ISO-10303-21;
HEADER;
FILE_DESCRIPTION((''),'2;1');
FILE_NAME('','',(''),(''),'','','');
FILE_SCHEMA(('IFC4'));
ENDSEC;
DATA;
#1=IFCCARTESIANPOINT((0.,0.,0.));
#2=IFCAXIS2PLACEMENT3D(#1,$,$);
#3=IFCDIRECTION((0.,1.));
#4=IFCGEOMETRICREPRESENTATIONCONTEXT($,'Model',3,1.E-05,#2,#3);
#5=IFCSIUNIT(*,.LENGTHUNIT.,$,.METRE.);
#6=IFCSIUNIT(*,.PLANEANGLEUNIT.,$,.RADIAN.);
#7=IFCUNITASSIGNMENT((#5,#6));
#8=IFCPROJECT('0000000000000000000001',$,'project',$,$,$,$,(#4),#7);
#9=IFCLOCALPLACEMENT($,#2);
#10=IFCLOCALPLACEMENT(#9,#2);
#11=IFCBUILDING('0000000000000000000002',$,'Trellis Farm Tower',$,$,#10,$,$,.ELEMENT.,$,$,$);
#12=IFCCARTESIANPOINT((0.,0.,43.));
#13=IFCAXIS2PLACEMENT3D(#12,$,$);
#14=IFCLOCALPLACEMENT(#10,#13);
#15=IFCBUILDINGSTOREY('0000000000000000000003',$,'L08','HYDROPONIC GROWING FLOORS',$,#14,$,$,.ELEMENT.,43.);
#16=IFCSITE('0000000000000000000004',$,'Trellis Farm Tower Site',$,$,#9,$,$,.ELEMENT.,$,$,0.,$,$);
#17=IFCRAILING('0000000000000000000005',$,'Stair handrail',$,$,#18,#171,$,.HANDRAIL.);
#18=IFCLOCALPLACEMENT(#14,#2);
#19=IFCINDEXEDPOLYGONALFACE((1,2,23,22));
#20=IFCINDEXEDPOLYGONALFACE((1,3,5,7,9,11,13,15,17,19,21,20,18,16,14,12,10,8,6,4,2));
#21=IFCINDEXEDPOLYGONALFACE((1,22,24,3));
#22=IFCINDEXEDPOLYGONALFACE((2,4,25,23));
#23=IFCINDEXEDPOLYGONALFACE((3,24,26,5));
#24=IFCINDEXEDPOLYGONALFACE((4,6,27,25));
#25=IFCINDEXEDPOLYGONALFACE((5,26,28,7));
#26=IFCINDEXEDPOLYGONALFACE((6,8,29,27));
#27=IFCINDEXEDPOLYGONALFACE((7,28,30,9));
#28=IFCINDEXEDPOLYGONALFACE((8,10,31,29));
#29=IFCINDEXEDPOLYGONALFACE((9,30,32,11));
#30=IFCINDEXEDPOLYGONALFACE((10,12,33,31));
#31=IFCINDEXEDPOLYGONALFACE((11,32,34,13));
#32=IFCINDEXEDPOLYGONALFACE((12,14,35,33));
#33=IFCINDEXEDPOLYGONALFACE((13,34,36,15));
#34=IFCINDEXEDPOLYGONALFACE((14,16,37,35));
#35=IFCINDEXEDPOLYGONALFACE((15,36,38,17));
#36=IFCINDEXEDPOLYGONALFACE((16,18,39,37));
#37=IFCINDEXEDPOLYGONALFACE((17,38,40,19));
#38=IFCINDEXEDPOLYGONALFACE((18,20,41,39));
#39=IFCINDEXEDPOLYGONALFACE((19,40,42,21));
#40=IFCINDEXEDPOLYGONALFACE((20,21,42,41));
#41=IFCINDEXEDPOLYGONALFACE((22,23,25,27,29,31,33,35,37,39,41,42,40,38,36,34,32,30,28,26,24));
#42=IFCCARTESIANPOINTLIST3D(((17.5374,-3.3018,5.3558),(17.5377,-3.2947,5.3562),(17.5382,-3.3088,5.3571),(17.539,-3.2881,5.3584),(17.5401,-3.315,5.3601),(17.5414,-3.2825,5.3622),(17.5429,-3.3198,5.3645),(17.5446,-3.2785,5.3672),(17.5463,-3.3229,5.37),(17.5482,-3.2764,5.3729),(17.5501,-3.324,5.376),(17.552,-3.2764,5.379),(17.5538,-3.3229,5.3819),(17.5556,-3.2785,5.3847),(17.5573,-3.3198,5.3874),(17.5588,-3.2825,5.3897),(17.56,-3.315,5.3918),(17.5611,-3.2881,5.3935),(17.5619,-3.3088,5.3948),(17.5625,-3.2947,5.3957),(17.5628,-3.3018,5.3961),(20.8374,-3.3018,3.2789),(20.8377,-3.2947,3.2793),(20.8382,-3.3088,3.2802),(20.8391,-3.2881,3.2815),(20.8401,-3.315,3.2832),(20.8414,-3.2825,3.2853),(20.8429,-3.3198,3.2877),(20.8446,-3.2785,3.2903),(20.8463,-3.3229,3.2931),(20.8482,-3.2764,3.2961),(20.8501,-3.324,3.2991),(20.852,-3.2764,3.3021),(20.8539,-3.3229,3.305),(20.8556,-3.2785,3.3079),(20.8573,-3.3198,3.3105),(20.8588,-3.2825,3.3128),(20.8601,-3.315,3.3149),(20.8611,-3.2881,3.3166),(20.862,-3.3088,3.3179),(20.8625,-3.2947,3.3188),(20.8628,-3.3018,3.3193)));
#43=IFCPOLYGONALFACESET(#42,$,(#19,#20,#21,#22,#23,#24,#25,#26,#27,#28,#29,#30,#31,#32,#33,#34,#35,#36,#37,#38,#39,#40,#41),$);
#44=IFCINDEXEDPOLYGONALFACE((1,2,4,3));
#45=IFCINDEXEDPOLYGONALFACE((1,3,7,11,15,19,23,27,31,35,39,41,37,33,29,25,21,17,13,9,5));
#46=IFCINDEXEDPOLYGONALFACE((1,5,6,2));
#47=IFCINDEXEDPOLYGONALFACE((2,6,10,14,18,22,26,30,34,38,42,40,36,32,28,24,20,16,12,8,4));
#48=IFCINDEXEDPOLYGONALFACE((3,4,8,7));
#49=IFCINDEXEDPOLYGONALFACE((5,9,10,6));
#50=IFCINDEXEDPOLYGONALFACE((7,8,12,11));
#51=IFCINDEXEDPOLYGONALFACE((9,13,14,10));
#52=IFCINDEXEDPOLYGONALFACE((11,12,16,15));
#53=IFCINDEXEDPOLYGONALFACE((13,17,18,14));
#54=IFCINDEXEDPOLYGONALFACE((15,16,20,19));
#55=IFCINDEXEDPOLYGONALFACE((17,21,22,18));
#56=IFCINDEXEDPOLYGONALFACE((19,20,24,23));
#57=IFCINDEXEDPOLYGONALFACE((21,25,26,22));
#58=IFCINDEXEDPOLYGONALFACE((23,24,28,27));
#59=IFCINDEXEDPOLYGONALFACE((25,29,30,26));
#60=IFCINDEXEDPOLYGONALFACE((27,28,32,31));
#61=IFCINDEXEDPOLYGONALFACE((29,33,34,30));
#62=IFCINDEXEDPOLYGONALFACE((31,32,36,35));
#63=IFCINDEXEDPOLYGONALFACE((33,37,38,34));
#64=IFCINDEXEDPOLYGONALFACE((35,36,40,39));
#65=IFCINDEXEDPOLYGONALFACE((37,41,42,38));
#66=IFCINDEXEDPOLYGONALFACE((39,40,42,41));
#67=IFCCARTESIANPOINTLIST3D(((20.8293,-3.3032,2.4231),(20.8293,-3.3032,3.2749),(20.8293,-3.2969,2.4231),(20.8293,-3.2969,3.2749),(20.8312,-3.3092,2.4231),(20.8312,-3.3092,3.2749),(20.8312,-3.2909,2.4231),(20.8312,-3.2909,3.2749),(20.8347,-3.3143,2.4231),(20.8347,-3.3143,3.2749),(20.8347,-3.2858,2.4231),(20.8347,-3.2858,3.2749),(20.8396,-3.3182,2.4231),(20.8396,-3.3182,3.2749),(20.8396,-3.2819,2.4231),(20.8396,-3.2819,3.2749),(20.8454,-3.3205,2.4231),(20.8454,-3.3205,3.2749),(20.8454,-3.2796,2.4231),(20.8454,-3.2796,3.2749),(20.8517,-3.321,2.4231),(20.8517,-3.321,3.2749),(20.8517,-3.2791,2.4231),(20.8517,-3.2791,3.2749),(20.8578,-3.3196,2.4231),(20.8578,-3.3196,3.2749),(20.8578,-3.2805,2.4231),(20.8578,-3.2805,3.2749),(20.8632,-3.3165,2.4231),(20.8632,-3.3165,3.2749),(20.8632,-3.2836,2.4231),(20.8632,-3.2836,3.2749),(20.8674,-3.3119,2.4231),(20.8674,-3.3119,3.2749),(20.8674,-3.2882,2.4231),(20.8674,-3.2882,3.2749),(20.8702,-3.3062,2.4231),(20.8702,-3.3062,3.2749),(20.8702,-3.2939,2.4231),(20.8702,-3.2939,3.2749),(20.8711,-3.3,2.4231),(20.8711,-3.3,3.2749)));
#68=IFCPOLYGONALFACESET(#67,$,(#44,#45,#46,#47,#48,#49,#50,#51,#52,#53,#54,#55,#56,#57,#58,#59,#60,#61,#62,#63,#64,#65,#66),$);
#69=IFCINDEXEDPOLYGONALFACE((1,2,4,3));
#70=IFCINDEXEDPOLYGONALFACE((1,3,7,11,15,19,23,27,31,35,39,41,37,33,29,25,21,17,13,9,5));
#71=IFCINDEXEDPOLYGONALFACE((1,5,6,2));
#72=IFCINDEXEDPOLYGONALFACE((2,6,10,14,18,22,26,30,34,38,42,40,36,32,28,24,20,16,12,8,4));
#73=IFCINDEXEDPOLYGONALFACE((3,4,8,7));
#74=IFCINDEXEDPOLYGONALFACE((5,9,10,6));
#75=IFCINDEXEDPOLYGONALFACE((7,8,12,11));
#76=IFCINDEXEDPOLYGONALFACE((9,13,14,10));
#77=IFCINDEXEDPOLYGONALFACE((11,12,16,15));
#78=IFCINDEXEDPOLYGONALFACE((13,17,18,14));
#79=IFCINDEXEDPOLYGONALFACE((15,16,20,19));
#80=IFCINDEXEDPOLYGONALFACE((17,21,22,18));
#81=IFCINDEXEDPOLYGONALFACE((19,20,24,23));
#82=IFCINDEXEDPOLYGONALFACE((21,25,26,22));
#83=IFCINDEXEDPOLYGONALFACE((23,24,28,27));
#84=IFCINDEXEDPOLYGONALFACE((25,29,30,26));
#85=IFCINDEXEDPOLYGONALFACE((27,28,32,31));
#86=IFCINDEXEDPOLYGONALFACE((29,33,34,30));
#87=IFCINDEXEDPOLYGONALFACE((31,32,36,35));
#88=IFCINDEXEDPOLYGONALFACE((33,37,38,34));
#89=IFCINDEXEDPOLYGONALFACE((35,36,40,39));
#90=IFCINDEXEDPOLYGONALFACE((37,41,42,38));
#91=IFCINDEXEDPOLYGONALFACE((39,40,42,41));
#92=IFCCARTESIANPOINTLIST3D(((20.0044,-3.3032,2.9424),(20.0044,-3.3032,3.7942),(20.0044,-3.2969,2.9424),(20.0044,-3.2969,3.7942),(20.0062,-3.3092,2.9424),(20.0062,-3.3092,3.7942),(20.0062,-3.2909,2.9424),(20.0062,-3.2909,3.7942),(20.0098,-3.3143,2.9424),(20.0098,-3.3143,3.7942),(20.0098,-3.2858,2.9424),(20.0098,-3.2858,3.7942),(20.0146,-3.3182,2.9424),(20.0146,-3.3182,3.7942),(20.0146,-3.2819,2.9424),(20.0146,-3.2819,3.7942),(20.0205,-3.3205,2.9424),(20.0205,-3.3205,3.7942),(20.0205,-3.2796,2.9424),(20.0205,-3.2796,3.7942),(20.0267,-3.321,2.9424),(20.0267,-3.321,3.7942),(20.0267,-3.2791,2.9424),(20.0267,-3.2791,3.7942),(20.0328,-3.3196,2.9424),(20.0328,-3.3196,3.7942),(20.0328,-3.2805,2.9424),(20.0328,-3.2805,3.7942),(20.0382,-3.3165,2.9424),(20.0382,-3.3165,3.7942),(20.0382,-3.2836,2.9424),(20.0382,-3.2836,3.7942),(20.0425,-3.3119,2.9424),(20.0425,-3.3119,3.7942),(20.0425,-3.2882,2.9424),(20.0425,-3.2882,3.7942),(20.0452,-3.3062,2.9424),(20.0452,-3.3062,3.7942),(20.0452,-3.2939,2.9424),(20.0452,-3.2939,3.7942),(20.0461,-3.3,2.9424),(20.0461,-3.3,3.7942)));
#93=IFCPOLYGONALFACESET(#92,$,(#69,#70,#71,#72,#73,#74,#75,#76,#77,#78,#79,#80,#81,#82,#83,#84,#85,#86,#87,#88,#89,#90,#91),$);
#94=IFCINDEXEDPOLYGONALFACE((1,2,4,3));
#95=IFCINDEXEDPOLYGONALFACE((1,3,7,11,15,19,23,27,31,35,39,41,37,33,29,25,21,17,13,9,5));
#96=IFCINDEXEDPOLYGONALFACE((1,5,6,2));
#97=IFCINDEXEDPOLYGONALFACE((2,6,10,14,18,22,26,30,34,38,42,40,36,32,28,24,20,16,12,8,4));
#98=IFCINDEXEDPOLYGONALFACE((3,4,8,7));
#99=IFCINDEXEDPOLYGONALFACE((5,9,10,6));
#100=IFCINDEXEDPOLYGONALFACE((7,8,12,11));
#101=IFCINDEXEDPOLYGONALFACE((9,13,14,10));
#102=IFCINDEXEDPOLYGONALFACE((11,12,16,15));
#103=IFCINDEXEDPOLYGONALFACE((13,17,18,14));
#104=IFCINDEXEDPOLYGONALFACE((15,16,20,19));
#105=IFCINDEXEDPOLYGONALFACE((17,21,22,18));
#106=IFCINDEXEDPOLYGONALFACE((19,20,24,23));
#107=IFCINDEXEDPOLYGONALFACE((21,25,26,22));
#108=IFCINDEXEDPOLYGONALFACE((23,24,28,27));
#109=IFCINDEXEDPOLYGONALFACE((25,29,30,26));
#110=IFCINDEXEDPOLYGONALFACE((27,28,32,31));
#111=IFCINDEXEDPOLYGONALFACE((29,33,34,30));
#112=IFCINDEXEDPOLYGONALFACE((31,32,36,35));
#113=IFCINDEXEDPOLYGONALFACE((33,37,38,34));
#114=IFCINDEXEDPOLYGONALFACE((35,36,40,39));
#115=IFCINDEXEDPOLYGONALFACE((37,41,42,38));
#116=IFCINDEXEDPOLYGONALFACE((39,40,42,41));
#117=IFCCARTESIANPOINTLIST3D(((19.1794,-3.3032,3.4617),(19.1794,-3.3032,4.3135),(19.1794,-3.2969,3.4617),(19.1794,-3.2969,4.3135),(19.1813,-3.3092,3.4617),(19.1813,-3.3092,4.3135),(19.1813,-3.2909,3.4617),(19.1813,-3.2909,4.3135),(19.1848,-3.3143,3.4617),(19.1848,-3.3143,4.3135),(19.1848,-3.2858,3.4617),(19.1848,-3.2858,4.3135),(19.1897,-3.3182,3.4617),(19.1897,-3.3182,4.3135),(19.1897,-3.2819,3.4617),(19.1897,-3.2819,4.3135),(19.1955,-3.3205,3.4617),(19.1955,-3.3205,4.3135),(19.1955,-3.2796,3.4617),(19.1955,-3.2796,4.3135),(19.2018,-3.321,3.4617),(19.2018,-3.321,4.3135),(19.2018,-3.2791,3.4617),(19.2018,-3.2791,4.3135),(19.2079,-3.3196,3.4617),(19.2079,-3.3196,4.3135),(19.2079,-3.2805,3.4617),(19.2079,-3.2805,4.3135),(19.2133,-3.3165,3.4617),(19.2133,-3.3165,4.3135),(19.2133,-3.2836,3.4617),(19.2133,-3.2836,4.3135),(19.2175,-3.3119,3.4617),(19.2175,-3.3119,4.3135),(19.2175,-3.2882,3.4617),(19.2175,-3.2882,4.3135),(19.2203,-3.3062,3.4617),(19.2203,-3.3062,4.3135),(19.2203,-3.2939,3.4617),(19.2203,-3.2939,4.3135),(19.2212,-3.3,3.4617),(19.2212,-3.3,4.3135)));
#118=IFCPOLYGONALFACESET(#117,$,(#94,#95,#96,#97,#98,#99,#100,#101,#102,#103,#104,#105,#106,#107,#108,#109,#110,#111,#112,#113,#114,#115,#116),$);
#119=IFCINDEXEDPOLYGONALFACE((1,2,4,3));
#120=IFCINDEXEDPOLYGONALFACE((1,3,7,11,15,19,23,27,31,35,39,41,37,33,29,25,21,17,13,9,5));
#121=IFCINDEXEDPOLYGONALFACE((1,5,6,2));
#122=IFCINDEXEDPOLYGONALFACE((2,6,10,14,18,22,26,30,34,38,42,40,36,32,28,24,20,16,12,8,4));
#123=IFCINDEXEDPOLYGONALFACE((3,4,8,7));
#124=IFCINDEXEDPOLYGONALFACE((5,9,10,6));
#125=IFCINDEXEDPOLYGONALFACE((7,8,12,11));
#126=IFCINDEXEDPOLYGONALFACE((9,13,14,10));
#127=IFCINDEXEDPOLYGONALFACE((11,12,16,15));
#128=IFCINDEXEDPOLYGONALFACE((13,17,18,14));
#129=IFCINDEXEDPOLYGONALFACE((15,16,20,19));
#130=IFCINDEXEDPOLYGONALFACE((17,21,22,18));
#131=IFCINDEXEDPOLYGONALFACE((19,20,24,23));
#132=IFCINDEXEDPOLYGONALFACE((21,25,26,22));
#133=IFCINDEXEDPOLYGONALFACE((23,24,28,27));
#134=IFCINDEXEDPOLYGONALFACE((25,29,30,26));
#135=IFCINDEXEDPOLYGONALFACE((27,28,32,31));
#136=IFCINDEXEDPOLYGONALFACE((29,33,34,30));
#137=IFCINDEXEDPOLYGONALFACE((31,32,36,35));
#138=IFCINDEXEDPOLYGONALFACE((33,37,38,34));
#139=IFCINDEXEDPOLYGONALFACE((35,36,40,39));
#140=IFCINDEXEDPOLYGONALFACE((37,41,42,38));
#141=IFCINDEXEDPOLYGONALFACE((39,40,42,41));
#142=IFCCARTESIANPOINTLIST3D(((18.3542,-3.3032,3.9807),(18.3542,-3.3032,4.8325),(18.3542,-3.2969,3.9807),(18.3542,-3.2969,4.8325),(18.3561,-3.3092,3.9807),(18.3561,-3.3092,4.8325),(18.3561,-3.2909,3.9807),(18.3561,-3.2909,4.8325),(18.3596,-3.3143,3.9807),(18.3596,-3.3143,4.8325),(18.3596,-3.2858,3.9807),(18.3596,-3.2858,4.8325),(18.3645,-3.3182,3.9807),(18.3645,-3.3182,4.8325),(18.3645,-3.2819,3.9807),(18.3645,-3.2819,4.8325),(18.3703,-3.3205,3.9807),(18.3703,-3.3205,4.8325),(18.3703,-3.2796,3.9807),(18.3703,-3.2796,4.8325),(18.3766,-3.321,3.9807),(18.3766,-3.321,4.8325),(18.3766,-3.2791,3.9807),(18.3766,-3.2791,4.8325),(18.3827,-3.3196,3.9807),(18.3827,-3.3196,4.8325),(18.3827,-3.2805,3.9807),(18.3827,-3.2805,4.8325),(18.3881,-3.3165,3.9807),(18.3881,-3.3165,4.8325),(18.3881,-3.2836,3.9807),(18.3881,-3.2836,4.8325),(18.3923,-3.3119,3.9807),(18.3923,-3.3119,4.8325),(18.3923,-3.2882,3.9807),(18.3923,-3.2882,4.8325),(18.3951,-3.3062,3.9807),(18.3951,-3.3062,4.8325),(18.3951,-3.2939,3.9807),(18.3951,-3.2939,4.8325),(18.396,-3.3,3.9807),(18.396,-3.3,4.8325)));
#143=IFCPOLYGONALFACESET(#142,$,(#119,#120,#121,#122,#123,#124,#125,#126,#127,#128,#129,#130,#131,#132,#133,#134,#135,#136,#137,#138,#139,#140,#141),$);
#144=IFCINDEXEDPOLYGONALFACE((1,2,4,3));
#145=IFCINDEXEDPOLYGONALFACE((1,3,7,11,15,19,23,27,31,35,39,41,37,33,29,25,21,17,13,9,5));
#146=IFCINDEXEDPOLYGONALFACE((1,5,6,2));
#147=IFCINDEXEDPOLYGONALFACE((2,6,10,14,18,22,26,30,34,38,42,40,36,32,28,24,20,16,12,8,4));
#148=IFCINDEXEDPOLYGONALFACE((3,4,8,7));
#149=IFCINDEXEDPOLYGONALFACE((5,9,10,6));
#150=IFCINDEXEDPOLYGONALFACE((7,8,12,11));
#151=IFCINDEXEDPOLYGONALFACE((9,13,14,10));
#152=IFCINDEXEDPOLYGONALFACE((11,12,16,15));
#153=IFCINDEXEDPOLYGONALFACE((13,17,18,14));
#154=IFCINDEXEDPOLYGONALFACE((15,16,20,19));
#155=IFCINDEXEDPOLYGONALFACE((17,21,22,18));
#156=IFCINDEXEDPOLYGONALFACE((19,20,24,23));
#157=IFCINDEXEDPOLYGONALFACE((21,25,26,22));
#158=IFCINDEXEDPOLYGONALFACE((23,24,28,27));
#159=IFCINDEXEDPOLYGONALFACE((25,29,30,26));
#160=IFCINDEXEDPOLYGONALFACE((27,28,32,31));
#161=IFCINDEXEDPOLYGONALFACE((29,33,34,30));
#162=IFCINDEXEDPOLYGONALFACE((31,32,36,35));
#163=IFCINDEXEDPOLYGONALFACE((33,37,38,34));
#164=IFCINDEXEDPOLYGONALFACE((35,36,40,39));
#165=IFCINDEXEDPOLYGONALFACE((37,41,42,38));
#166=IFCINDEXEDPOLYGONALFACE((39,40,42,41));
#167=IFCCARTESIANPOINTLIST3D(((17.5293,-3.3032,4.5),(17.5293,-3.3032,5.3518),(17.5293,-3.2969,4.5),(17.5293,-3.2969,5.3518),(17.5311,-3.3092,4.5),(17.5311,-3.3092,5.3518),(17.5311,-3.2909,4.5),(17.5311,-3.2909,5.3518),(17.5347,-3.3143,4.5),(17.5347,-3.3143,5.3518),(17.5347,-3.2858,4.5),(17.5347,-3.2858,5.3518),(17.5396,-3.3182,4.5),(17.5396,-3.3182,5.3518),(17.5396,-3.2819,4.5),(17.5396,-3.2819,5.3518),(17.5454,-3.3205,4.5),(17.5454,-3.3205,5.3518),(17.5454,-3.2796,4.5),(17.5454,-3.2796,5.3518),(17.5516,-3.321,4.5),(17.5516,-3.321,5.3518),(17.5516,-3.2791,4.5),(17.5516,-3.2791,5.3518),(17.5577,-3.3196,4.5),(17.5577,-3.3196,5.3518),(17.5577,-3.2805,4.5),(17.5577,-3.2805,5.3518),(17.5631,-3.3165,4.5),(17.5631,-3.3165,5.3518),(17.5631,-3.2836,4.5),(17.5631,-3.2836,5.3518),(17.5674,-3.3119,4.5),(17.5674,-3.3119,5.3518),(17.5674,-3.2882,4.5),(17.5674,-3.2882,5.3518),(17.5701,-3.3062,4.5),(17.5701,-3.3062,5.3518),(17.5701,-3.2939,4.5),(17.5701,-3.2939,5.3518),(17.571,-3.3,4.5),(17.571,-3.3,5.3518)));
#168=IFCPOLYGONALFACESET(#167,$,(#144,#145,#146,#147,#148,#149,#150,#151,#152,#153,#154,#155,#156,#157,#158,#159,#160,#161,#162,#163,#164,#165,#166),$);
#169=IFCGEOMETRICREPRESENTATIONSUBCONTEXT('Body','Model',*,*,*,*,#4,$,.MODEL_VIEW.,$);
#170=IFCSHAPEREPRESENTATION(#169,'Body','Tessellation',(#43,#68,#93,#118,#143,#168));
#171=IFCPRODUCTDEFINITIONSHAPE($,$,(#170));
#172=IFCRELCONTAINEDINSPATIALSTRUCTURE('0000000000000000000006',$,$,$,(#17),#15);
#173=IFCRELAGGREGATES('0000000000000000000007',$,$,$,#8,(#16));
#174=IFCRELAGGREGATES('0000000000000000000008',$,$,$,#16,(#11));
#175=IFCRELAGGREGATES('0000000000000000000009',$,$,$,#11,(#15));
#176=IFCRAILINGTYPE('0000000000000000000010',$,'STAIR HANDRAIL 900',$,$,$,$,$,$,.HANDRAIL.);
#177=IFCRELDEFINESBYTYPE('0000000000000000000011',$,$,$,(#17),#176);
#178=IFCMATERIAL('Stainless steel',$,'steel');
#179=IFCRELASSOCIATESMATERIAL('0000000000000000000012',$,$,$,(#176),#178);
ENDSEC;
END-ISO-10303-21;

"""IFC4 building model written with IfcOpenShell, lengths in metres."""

from ifc_helpers import new_model, si_unit, direction, frame, origin, origin_2d, place, context, subcontext, project, spatial, circle, extrude, source, transform, mapped, material, type_object, element, save


model = new_model("IFC4")

# Units and contexts
model_context = context("Model", 3, precision=1e-05, world=origin(), true_north=direction((0.0, 1.0)))
body_context = subcontext(model_context, "Body", "Model", "MODEL_VIEW")
ifc_project = project(units=[si_unit("LENGTHUNIT", "METRE"), si_unit("PLANEANGLEUNIT", "RADIAN")], contexts=[model_context])

# Site, building, storey
site_placement = place(None, origin())
site = spatial("IfcSite", under=ifc_project, at=site_placement, Name="Trellis Farm Tower Site", CompositionType="ELEMENT", RefElevation=0.0)
building_placement = place(site_placement, origin())
building = spatial("IfcBuilding", under=site, at=building_placement, Name="Trellis Farm Tower", CompositionType="ELEMENT")
storey_placement = place(building_placement, frame((0.0, 0.0, 43.0)))
storey = spatial("IfcBuildingStorey", under=building, at=storey_placement, Name="L08", Description="HYDROPONIC GROWING FLOORS", CompositionType="ELEMENT", Elevation=43.0)

# Railing
ifc_material_1 = material(Name="Stainless steel", Category="steel")
railing_type = type_object("IfcRailingType", Name="STAIR HANDRAIL 900", PredefinedType="HANDRAIL", material=ifc_material_1)
shared_shape_1 = source(origin(), body_context, "Body", "SweptSolid", [
    extrude(circle(Radius=0.0239, at=origin_2d()), frame((0.0, 0.0, 0.876), z_axis=(-0.846337, 0.0, 0.532647), x_axis=(0.0, -1.0, 0.0)), (0.0, 0.0, 1.0), 3.8992),
    extrude(circle(Radius=0.021, at=origin_2d()), origin(), (0.0, 0.0, 1.0), 0.8518),
    extrude(circle(Radius=0.021, at=origin_2d()), frame((-0.825, 0.0, 0.5193)), (0.0, 0.0, 1.0), 0.8518),
    extrude(circle(Radius=0.021, at=origin_2d()), frame((-1.6499, 0.0, 1.0386)), (0.0, 0.0, 1.0), 0.8518),
    extrude(circle(Radius=0.021, at=origin_2d()), frame((-2.4751, 0.0, 1.5576)), (0.0, 0.0, 1.0), 0.8518),
    extrude(circle(Radius=0.021, at=origin_2d()), frame((-3.3, 0.0, 2.0769)), (0.0, 0.0, 1.0), 0.8518),
])
for number, where, name in (
    (1, (20.8501, -3.3, 2.4231), "Stair handrail"),
):
    element("IfcRailing", number, at=place(storey_placement, frame(where)), inside=storey, type_object=railing_type, Name=name, PredefinedType="HANDRAIL", context=body_context, shape_type="MappedRepresentation", body=[
        mapped(shared_shape_1, transform((0.0, 0.0, 0.0))),
    ])

save(model, "model.ifc")
